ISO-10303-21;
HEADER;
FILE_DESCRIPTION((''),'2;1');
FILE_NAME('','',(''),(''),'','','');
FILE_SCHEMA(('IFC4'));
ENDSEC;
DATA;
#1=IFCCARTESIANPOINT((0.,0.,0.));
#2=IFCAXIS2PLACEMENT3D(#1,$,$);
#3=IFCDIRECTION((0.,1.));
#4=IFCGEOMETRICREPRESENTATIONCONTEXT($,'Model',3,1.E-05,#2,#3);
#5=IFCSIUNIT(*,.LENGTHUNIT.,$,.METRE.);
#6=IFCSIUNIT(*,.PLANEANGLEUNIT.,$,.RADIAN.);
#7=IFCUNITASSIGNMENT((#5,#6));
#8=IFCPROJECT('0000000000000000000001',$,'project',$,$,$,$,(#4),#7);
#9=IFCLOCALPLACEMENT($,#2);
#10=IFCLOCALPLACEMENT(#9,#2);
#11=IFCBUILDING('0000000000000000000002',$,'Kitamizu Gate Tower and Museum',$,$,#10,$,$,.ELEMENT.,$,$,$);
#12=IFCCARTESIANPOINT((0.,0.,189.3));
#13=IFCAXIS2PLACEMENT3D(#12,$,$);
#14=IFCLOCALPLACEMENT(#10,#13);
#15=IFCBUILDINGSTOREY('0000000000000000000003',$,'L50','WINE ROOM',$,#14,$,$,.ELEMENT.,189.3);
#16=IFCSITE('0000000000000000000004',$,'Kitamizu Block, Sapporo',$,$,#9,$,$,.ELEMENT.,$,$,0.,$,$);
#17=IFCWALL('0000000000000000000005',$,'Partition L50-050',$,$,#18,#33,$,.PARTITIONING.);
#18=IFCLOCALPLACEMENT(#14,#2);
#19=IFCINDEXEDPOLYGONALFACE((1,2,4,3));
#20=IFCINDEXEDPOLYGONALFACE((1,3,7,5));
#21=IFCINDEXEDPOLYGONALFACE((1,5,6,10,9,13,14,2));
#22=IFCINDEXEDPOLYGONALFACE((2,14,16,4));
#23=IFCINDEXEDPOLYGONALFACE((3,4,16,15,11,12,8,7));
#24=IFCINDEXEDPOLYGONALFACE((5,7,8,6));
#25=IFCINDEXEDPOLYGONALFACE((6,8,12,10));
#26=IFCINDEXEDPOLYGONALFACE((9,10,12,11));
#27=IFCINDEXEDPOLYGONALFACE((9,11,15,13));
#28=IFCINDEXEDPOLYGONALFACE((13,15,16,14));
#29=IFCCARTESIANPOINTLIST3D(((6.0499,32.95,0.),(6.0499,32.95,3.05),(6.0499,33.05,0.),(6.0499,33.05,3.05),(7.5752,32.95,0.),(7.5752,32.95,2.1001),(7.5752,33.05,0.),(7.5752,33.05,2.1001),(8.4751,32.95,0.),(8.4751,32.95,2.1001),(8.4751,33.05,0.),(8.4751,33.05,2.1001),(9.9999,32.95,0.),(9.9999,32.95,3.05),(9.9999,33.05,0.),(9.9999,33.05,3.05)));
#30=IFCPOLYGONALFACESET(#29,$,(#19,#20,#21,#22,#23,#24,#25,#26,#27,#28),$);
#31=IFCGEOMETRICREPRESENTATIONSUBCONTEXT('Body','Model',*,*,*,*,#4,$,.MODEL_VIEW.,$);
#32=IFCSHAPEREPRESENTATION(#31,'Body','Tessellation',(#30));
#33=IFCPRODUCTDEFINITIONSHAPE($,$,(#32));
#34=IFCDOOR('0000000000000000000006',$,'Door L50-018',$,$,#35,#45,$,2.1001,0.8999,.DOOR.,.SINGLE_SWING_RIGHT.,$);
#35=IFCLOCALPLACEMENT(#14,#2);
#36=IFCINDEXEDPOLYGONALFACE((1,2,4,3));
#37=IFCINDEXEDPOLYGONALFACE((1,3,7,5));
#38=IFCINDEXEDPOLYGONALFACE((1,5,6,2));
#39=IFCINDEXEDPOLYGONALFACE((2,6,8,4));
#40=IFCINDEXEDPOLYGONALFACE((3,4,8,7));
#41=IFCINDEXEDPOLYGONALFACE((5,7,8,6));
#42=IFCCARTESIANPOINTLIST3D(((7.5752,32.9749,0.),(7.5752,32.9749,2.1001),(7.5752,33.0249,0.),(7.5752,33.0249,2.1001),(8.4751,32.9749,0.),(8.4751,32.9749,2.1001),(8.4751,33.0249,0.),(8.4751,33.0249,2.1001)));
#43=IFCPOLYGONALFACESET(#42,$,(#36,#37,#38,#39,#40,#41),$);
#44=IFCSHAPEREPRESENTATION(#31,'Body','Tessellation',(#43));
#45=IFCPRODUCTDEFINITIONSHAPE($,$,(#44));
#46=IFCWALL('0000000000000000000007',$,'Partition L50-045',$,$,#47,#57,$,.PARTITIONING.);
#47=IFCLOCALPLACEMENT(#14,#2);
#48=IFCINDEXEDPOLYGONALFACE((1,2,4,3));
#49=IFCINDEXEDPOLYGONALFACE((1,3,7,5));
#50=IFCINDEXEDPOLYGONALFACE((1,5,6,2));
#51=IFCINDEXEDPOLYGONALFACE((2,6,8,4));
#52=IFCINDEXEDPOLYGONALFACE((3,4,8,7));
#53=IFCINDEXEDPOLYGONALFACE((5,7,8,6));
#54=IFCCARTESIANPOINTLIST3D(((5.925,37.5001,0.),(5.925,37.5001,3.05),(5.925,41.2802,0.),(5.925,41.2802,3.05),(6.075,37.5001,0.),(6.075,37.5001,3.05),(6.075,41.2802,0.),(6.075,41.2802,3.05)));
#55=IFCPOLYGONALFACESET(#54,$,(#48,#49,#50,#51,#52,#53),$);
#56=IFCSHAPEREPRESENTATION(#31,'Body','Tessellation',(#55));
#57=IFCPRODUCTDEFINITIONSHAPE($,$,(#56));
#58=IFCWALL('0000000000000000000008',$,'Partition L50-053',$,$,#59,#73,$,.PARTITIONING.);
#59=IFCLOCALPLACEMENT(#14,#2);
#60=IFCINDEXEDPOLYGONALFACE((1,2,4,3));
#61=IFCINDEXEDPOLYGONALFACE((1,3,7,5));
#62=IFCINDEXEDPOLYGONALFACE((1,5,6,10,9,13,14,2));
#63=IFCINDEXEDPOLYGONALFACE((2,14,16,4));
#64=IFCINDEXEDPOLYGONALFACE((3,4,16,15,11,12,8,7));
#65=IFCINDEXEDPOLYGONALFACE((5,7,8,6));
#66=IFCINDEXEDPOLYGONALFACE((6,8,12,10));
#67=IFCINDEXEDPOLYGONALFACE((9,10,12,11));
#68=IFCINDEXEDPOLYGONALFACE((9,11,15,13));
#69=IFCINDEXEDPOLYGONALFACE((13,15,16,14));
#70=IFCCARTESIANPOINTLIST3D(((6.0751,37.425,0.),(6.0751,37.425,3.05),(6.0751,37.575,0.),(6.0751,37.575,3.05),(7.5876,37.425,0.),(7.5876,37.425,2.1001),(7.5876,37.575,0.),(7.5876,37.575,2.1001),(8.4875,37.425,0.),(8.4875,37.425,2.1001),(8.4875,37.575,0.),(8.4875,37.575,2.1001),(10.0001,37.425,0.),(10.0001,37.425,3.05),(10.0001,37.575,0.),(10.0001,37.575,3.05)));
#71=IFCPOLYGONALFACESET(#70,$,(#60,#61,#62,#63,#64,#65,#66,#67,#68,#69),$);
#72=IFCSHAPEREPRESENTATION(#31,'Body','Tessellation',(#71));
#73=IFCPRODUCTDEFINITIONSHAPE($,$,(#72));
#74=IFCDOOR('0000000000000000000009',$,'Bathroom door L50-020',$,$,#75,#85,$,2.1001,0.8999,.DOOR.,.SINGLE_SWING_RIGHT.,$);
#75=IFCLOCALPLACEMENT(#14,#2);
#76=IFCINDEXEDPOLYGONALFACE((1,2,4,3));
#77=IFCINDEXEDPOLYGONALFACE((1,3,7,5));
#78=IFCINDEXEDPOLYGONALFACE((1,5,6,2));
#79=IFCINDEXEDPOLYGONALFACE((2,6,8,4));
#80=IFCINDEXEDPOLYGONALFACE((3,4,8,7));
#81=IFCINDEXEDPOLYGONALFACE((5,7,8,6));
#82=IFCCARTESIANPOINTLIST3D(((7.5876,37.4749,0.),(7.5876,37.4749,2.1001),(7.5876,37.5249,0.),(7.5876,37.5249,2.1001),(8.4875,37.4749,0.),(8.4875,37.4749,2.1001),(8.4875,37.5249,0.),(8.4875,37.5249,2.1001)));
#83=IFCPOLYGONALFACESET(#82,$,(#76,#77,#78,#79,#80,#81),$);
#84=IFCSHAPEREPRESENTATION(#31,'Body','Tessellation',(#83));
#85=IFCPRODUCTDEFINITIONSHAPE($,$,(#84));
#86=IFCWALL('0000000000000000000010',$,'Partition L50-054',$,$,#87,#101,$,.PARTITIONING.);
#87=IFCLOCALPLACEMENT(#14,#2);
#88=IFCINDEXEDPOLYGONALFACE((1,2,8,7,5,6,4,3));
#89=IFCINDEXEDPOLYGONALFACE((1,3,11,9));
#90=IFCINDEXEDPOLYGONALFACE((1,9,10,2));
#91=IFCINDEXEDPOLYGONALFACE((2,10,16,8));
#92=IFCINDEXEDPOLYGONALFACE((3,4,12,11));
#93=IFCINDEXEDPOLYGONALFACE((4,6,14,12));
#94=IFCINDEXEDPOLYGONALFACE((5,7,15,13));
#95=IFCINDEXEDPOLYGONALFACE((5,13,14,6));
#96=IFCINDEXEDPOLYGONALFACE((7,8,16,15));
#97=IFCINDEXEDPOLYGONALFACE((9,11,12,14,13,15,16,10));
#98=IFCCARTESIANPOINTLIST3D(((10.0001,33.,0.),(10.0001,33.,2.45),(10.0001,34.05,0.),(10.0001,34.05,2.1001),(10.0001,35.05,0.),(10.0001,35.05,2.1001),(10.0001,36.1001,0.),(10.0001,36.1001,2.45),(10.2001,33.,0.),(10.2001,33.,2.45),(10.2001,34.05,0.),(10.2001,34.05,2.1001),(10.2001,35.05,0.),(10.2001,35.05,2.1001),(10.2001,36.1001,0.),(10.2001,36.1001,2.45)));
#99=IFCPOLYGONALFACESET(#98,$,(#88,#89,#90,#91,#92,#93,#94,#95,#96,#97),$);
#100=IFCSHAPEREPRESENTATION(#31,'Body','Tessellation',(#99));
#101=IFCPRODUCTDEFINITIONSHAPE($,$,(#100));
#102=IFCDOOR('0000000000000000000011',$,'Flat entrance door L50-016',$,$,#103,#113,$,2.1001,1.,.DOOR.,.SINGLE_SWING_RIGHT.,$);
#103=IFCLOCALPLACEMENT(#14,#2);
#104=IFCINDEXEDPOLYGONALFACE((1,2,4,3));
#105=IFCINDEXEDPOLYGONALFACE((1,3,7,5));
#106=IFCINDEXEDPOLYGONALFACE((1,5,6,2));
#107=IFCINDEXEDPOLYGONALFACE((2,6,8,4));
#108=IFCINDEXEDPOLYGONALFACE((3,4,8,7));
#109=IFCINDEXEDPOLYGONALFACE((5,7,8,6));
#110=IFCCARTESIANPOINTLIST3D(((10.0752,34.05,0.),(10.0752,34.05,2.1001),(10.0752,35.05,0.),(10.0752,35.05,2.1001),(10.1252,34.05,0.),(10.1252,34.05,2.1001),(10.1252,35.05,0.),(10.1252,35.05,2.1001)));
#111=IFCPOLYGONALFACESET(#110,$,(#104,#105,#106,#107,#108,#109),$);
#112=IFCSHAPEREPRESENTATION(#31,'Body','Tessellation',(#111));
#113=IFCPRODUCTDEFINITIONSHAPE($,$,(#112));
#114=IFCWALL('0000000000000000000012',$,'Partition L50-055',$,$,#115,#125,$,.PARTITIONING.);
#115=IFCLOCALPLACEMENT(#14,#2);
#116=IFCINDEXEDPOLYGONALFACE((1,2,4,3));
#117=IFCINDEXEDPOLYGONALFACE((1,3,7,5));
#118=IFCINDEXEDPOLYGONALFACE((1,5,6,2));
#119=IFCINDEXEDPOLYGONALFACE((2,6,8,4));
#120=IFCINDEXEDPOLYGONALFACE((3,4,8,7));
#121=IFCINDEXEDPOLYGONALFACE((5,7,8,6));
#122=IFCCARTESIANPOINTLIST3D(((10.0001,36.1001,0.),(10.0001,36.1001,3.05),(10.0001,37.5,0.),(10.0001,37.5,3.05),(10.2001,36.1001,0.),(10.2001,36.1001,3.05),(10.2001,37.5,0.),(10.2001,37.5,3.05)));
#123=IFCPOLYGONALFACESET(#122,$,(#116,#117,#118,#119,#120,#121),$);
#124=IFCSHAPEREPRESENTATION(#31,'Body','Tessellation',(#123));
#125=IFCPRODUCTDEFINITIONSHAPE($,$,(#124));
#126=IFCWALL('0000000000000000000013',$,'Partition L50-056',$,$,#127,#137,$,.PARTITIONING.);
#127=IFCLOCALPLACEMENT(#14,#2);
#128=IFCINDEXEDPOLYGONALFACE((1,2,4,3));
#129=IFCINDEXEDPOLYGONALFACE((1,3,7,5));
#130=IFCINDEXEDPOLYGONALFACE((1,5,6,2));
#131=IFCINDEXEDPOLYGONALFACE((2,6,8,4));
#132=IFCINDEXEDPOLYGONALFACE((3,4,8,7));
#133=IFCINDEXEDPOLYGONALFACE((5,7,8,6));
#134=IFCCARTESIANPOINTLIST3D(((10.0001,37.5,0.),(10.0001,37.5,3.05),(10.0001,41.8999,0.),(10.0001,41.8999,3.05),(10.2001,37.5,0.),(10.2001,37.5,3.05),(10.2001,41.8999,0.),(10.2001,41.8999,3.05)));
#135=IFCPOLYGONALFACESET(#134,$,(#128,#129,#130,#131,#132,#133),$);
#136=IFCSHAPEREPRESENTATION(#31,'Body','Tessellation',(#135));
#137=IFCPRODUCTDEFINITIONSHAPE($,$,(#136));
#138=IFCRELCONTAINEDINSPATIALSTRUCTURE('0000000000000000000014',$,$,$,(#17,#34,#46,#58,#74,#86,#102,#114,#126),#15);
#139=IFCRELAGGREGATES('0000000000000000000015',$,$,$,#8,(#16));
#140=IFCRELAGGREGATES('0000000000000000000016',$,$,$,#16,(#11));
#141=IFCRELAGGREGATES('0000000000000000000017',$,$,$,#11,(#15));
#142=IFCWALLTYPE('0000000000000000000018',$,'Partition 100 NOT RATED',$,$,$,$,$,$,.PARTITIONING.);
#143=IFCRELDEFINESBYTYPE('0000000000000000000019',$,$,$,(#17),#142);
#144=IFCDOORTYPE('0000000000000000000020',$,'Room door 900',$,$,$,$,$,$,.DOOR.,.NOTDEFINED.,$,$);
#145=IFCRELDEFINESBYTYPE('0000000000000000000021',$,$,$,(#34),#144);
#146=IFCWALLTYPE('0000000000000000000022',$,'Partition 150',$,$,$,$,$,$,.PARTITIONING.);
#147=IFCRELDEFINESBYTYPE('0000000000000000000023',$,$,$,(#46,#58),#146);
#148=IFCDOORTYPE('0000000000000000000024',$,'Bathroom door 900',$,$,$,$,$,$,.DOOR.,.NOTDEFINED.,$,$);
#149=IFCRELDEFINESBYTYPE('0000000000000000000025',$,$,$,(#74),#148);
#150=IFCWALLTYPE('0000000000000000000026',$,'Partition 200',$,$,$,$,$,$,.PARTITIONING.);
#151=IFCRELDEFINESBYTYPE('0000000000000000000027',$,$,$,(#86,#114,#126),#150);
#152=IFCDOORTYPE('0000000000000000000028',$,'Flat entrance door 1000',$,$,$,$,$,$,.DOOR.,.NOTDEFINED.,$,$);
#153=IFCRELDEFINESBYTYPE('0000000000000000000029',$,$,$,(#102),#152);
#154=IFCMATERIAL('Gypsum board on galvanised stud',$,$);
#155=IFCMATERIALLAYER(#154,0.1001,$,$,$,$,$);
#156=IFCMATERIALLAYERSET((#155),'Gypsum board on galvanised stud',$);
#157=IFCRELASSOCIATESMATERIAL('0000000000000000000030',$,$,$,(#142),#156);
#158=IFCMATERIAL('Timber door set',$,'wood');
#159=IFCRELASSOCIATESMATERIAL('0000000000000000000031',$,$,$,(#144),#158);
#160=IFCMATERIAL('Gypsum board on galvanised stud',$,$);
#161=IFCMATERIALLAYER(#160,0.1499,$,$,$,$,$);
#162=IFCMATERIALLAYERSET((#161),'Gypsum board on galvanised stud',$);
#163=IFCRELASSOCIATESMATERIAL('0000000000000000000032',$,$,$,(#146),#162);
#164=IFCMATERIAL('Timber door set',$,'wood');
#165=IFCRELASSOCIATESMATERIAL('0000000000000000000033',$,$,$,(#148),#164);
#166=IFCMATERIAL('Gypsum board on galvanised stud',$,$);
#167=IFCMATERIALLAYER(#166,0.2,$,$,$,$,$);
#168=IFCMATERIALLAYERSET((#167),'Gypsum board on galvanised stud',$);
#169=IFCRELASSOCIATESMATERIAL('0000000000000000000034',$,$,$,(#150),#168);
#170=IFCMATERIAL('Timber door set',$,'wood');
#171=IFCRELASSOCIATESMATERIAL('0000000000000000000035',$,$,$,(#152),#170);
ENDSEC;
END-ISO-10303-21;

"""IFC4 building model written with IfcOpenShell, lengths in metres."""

from ifc_helpers import new_model, si_unit, direction, frame, frame_2d, origin, place, context, subcontext, project, spatial, rectangle, extrude, material, layer, layer_set, type_object, element, fill, save


model = new_model("IFC4")

# Units and contexts
model_context = context("Model", 3, precision=1e-05, world=origin(), true_north=direction((0.0, 1.0)))
body_context = subcontext(model_context, "Body", "Model", "MODEL_VIEW")
ifc_project = project(units=[si_unit("LENGTHUNIT", "METRE"), si_unit("PLANEANGLEUNIT", "RADIAN")], contexts=[model_context])

# Site, building, storey
site_placement = place(None, origin())
site = spatial("IfcSite", under=ifc_project, at=site_placement, Name="Kitamizu Block, Sapporo", CompositionType="ELEMENT", RefElevation=0.0)
building_placement = place(site_placement, origin())
building = spatial("IfcBuilding", under=site, at=building_placement, Name="Kitamizu Gate Tower and Museum", CompositionType="ELEMENT")
storey_placement = place(building_placement, frame((0.0, 0.0, 189.3)))
storey = spatial("IfcBuildingStorey", under=building, at=storey_placement, Name="L50", Description="WINE ROOM", CompositionType="ELEMENT", Elevation=189.3)

# Shared definitions
ifc_material_1 = material(Name="Gypsum board on galvanised stud")
ifc_layer_1 = layer(ifc_material_1, 0.1001)
ifc_layer_set_1 = layer_set([ifc_layer_1], Name="Gypsum board on galvanised stud")
wall_type_1 = type_object("IfcWallType", Name="Partition 100 NOT RATED", PredefinedType="PARTITIONING", material=ifc_layer_set_1)
ifc_material_2 = material(Name="Timber door set", Category="wood")
door_type_1 = type_object("IfcDoorType", Name="Room door 900", OperationType="NOTDEFINED", PredefinedType="DOOR", material=ifc_material_2)

# Wall, opening, door
wall_1_placement = place(storey_placement, frame((10.0, 33.0, 0.0), z_axis=(0.0, 0.0, 1.0), x_axis=(-1.0, 0.0, 0.0)))
wall_1 = element("IfcWall", 1, at=wall_1_placement, inside=storey, type_object=wall_type_1, Name="Partition L50-050", PredefinedType="PARTITIONING", context=body_context, shape_type="SweptSolid", body=[
    extrude(rectangle(XDim=3.95, YDim=0.1001, at=frame_2d((1.9751, 0.0))), origin(), (0.0, 0.0, 1.0), 3.05),
])
opening_1_placement = place(wall_1_placement, frame((1.5249, 0.0, 0.0)))
opening_1 = element("IfcOpeningElement", 2, at=opening_1_placement, cuts=wall_1, PredefinedType="OPENING", context=body_context, shape_type="SweptSolid", body=[
    extrude(rectangle(XDim=0.8999, YDim=2.1001, at=frame_2d((0.45, 1.05))), frame((0.0, 0.0601, 0.0), z_axis=(0.0, -1.0, 0.0), x_axis=(1.0, 0.0, 0.0)), (0.0, 0.0, 1.0), 0.1201),
])
door_1_placement = place(opening_1_placement, frame((0.8999, 0.0, 0.0), x_axis=(-1.0, 0.0, 0.0)))
door_1 = element("IfcDoor", 3, at=door_1_placement, inside=storey, type_object=door_type_1, Name="Door L50-018", OperationType="SINGLE_SWING_RIGHT", OverallHeight=2.1001, OverallWidth=0.8999, PredefinedType="DOOR", context=body_context, shape_type="SweptSolid", body=[
    extrude(rectangle(XDim=0.8999, YDim=2.1001, at=frame_2d((0.45, 1.05))), frame((0.0, 0.0249, 0.0), z_axis=(0.0, -1.0, 0.0), x_axis=(1.0, 0.0, 0.0)), (0.0, 0.0, 1.0), 0.05),
])
fill(opening_1, door_1)

# Wall
ifc_material_3 = material(Name="Gypsum board on galvanised stud")
ifc_layer_2 = layer(ifc_material_3, 0.1499)
ifc_layer_set_2 = layer_set([ifc_layer_2], Name="Gypsum board on galvanised stud")
wall_type_2 = type_object("IfcWallType", Name="Partition 150", PredefinedType="PARTITIONING", material=ifc_layer_set_2)
wall_2_placement = place(storey_placement, frame((6.0, 37.5, 0.0), z_axis=(0.0, 0.0, 1.0), x_axis=(0.0, 1.0, 0.0)))
element("IfcWall", 4, at=wall_2_placement, inside=storey, type_object=wall_type_2, Name="Partition L50-045", PredefinedType="PARTITIONING", context=body_context, shape_type="SweptSolid", body=[
    extrude(rectangle(XDim=3.78, YDim=0.1499, at=frame_2d((1.8901, 0.0))), origin(), (0.0, 0.0, 1.0), 3.05),
])

# Walls, openings, doors
wall_3_placement = place(storey_placement, frame((10.0, 37.5, 0.0), z_axis=(0.0, 0.0, 1.0), x_axis=(-1.0, 0.0, 0.0)))
wall_3 = element("IfcWall", 5, at=wall_3_placement, inside=storey, type_object=wall_type_2, Name="Partition L50-053", PredefinedType="PARTITIONING", context=body_context, shape_type="SweptSolid", body=[
    extrude(rectangle(XDim=3.925, YDim=0.1499, at=frame_2d((1.9624, 0.0))), origin(), (0.0, 0.0, 1.0), 3.05),
])
opening_2_placement = place(wall_3_placement, frame((1.5125, 0.0, 0.0)))
opening_2 = element("IfcOpeningElement", 6, at=opening_2_placement, cuts=wall_3, PredefinedType="OPENING", context=body_context, shape_type="SweptSolid", body=[
    extrude(rectangle(XDim=0.8999, YDim=2.1001, at=frame_2d((0.45, 1.05))), frame((0.0, 0.085, 0.0), z_axis=(0.0, -1.0, 0.0), x_axis=(1.0, 0.0, 0.0)), (0.0, 0.0, 1.0), 0.1699),
])
ifc_material_4 = material(Name="Timber door set", Category="wood")
door_type_2 = type_object("IfcDoorType", Name="Bathroom door 900", OperationType="NOTDEFINED", PredefinedType="DOOR", material=ifc_material_4)
door_2_placement = place(opening_2_placement, frame((0.8999, 0.0, 0.0), x_axis=(-1.0, 0.0, 0.0)))
door_2 = element("IfcDoor", 7, at=door_2_placement, inside=storey, type_object=door_type_2, Name="Bathroom door L50-020", OperationType="SINGLE_SWING_RIGHT", OverallHeight=2.1001, OverallWidth=0.8999, PredefinedType="DOOR", context=body_context, shape_type="SweptSolid", body=[
    extrude(rectangle(XDim=0.8999, YDim=2.1001, at=frame_2d((0.45, 1.05))), frame((0.0, 0.0249, 0.0), z_axis=(0.0, -1.0, 0.0), x_axis=(1.0, 0.0, 0.0)), (0.0, 0.0, 1.0), 0.05),
])
fill(opening_2, door_2)
ifc_material_5 = material(Name="Gypsum board on galvanised stud")
ifc_layer_3 = layer(ifc_material_5, 0.2)
ifc_layer_set_3 = layer_set([ifc_layer_3], Name="Gypsum board on galvanised stud")
wall_type_3 = type_object("IfcWallType", Name="Partition 200", PredefinedType="PARTITIONING", material=ifc_layer_set_3)
wall_4_placement = place(storey_placement, frame((10.1001, 33.0, 0.0), z_axis=(0.0, 0.0, 1.0), x_axis=(0.0, 1.0, 0.0)))
wall_4 = element("IfcWall", 8, at=wall_4_placement, inside=storey, type_object=wall_type_3, Name="Partition L50-054", PredefinedType="PARTITIONING", context=body_context, shape_type="SweptSolid", body=[
    extrude(rectangle(XDim=3.1001, YDim=0.2, at=frame_2d((1.55, 0.0))), origin(), (0.0, 0.0, 1.0), 2.45),
])
opening_3_placement = place(wall_4_placement, frame((1.05, 0.0, 0.0)))
opening_3 = element("IfcOpeningElement", 9, at=opening_3_placement, cuts=wall_4, PredefinedType="OPENING", context=body_context, shape_type="SweptSolid", body=[
    extrude(rectangle(XDim=1.0, YDim=2.1001, at=frame_2d((0.5, 1.05))), frame((0.0, 0.1099, 0.0), z_axis=(0.0, -1.0, 0.0), x_axis=(1.0, 0.0, 0.0)), (0.0, 0.0, 1.0), 0.22),
])
ifc_material_6 = material(Name="Timber door set", Category="wood")
door_type_3 = type_object("IfcDoorType", Name="Flat entrance door 1000", OperationType="NOTDEFINED", PredefinedType="DOOR", material=ifc_material_6)
door_3_placement = place(opening_3_placement, origin())
door_3 = element("IfcDoor", 10, at=door_3_placement, inside=storey, type_object=door_type_3, Name="Flat entrance door L50-016", OperationType="SINGLE_SWING_RIGHT", OverallHeight=2.1001, OverallWidth=1.0, PredefinedType="DOOR", context=body_context, shape_type="SweptSolid", body=[
    extrude(rectangle(XDim=1.0, YDim=2.1001, at=frame_2d((0.5, 1.05))), frame((0.0, 0.0249, 0.0), z_axis=(0.0, -1.0, 0.0), x_axis=(1.0, 0.0, 0.0)), (0.0, 0.0, 1.0), 0.05),
])
fill(opening_3, door_3)

# Walls
wall_5_placement = place(storey_placement, frame((10.1001, 36.1001, 0.0), z_axis=(0.0, 0.0, 1.0), x_axis=(0.0, 1.0, 0.0)))
element("IfcWall", 11, at=wall_5_placement, inside=storey, type_object=wall_type_3, Name="Partition L50-055", PredefinedType="PARTITIONING", context=body_context, shape_type="SweptSolid", body=[
    extrude(rectangle(XDim=1.3999, YDim=0.2, at=frame_2d((0.7, 0.0))), origin(), (0.0, 0.0, 1.0), 3.05),
])
wall_6_placement = place(storey_placement, frame((10.1001, 37.5, 0.0), z_axis=(0.0, 0.0, 1.0), x_axis=(0.0, 1.0, 0.0)))
element("IfcWall", 12, at=wall_6_placement, inside=storey, type_object=wall_type_3, Name="Partition L50-056", PredefinedType="PARTITIONING", context=body_context, shape_type="SweptSolid", body=[
    extrude(rectangle(XDim=4.3999, YDim=0.2, at=frame_2d((2.2, 0.0))), origin(), (0.0, 0.0, 1.0), 3.05),
])

save(model, "model.ifc")
